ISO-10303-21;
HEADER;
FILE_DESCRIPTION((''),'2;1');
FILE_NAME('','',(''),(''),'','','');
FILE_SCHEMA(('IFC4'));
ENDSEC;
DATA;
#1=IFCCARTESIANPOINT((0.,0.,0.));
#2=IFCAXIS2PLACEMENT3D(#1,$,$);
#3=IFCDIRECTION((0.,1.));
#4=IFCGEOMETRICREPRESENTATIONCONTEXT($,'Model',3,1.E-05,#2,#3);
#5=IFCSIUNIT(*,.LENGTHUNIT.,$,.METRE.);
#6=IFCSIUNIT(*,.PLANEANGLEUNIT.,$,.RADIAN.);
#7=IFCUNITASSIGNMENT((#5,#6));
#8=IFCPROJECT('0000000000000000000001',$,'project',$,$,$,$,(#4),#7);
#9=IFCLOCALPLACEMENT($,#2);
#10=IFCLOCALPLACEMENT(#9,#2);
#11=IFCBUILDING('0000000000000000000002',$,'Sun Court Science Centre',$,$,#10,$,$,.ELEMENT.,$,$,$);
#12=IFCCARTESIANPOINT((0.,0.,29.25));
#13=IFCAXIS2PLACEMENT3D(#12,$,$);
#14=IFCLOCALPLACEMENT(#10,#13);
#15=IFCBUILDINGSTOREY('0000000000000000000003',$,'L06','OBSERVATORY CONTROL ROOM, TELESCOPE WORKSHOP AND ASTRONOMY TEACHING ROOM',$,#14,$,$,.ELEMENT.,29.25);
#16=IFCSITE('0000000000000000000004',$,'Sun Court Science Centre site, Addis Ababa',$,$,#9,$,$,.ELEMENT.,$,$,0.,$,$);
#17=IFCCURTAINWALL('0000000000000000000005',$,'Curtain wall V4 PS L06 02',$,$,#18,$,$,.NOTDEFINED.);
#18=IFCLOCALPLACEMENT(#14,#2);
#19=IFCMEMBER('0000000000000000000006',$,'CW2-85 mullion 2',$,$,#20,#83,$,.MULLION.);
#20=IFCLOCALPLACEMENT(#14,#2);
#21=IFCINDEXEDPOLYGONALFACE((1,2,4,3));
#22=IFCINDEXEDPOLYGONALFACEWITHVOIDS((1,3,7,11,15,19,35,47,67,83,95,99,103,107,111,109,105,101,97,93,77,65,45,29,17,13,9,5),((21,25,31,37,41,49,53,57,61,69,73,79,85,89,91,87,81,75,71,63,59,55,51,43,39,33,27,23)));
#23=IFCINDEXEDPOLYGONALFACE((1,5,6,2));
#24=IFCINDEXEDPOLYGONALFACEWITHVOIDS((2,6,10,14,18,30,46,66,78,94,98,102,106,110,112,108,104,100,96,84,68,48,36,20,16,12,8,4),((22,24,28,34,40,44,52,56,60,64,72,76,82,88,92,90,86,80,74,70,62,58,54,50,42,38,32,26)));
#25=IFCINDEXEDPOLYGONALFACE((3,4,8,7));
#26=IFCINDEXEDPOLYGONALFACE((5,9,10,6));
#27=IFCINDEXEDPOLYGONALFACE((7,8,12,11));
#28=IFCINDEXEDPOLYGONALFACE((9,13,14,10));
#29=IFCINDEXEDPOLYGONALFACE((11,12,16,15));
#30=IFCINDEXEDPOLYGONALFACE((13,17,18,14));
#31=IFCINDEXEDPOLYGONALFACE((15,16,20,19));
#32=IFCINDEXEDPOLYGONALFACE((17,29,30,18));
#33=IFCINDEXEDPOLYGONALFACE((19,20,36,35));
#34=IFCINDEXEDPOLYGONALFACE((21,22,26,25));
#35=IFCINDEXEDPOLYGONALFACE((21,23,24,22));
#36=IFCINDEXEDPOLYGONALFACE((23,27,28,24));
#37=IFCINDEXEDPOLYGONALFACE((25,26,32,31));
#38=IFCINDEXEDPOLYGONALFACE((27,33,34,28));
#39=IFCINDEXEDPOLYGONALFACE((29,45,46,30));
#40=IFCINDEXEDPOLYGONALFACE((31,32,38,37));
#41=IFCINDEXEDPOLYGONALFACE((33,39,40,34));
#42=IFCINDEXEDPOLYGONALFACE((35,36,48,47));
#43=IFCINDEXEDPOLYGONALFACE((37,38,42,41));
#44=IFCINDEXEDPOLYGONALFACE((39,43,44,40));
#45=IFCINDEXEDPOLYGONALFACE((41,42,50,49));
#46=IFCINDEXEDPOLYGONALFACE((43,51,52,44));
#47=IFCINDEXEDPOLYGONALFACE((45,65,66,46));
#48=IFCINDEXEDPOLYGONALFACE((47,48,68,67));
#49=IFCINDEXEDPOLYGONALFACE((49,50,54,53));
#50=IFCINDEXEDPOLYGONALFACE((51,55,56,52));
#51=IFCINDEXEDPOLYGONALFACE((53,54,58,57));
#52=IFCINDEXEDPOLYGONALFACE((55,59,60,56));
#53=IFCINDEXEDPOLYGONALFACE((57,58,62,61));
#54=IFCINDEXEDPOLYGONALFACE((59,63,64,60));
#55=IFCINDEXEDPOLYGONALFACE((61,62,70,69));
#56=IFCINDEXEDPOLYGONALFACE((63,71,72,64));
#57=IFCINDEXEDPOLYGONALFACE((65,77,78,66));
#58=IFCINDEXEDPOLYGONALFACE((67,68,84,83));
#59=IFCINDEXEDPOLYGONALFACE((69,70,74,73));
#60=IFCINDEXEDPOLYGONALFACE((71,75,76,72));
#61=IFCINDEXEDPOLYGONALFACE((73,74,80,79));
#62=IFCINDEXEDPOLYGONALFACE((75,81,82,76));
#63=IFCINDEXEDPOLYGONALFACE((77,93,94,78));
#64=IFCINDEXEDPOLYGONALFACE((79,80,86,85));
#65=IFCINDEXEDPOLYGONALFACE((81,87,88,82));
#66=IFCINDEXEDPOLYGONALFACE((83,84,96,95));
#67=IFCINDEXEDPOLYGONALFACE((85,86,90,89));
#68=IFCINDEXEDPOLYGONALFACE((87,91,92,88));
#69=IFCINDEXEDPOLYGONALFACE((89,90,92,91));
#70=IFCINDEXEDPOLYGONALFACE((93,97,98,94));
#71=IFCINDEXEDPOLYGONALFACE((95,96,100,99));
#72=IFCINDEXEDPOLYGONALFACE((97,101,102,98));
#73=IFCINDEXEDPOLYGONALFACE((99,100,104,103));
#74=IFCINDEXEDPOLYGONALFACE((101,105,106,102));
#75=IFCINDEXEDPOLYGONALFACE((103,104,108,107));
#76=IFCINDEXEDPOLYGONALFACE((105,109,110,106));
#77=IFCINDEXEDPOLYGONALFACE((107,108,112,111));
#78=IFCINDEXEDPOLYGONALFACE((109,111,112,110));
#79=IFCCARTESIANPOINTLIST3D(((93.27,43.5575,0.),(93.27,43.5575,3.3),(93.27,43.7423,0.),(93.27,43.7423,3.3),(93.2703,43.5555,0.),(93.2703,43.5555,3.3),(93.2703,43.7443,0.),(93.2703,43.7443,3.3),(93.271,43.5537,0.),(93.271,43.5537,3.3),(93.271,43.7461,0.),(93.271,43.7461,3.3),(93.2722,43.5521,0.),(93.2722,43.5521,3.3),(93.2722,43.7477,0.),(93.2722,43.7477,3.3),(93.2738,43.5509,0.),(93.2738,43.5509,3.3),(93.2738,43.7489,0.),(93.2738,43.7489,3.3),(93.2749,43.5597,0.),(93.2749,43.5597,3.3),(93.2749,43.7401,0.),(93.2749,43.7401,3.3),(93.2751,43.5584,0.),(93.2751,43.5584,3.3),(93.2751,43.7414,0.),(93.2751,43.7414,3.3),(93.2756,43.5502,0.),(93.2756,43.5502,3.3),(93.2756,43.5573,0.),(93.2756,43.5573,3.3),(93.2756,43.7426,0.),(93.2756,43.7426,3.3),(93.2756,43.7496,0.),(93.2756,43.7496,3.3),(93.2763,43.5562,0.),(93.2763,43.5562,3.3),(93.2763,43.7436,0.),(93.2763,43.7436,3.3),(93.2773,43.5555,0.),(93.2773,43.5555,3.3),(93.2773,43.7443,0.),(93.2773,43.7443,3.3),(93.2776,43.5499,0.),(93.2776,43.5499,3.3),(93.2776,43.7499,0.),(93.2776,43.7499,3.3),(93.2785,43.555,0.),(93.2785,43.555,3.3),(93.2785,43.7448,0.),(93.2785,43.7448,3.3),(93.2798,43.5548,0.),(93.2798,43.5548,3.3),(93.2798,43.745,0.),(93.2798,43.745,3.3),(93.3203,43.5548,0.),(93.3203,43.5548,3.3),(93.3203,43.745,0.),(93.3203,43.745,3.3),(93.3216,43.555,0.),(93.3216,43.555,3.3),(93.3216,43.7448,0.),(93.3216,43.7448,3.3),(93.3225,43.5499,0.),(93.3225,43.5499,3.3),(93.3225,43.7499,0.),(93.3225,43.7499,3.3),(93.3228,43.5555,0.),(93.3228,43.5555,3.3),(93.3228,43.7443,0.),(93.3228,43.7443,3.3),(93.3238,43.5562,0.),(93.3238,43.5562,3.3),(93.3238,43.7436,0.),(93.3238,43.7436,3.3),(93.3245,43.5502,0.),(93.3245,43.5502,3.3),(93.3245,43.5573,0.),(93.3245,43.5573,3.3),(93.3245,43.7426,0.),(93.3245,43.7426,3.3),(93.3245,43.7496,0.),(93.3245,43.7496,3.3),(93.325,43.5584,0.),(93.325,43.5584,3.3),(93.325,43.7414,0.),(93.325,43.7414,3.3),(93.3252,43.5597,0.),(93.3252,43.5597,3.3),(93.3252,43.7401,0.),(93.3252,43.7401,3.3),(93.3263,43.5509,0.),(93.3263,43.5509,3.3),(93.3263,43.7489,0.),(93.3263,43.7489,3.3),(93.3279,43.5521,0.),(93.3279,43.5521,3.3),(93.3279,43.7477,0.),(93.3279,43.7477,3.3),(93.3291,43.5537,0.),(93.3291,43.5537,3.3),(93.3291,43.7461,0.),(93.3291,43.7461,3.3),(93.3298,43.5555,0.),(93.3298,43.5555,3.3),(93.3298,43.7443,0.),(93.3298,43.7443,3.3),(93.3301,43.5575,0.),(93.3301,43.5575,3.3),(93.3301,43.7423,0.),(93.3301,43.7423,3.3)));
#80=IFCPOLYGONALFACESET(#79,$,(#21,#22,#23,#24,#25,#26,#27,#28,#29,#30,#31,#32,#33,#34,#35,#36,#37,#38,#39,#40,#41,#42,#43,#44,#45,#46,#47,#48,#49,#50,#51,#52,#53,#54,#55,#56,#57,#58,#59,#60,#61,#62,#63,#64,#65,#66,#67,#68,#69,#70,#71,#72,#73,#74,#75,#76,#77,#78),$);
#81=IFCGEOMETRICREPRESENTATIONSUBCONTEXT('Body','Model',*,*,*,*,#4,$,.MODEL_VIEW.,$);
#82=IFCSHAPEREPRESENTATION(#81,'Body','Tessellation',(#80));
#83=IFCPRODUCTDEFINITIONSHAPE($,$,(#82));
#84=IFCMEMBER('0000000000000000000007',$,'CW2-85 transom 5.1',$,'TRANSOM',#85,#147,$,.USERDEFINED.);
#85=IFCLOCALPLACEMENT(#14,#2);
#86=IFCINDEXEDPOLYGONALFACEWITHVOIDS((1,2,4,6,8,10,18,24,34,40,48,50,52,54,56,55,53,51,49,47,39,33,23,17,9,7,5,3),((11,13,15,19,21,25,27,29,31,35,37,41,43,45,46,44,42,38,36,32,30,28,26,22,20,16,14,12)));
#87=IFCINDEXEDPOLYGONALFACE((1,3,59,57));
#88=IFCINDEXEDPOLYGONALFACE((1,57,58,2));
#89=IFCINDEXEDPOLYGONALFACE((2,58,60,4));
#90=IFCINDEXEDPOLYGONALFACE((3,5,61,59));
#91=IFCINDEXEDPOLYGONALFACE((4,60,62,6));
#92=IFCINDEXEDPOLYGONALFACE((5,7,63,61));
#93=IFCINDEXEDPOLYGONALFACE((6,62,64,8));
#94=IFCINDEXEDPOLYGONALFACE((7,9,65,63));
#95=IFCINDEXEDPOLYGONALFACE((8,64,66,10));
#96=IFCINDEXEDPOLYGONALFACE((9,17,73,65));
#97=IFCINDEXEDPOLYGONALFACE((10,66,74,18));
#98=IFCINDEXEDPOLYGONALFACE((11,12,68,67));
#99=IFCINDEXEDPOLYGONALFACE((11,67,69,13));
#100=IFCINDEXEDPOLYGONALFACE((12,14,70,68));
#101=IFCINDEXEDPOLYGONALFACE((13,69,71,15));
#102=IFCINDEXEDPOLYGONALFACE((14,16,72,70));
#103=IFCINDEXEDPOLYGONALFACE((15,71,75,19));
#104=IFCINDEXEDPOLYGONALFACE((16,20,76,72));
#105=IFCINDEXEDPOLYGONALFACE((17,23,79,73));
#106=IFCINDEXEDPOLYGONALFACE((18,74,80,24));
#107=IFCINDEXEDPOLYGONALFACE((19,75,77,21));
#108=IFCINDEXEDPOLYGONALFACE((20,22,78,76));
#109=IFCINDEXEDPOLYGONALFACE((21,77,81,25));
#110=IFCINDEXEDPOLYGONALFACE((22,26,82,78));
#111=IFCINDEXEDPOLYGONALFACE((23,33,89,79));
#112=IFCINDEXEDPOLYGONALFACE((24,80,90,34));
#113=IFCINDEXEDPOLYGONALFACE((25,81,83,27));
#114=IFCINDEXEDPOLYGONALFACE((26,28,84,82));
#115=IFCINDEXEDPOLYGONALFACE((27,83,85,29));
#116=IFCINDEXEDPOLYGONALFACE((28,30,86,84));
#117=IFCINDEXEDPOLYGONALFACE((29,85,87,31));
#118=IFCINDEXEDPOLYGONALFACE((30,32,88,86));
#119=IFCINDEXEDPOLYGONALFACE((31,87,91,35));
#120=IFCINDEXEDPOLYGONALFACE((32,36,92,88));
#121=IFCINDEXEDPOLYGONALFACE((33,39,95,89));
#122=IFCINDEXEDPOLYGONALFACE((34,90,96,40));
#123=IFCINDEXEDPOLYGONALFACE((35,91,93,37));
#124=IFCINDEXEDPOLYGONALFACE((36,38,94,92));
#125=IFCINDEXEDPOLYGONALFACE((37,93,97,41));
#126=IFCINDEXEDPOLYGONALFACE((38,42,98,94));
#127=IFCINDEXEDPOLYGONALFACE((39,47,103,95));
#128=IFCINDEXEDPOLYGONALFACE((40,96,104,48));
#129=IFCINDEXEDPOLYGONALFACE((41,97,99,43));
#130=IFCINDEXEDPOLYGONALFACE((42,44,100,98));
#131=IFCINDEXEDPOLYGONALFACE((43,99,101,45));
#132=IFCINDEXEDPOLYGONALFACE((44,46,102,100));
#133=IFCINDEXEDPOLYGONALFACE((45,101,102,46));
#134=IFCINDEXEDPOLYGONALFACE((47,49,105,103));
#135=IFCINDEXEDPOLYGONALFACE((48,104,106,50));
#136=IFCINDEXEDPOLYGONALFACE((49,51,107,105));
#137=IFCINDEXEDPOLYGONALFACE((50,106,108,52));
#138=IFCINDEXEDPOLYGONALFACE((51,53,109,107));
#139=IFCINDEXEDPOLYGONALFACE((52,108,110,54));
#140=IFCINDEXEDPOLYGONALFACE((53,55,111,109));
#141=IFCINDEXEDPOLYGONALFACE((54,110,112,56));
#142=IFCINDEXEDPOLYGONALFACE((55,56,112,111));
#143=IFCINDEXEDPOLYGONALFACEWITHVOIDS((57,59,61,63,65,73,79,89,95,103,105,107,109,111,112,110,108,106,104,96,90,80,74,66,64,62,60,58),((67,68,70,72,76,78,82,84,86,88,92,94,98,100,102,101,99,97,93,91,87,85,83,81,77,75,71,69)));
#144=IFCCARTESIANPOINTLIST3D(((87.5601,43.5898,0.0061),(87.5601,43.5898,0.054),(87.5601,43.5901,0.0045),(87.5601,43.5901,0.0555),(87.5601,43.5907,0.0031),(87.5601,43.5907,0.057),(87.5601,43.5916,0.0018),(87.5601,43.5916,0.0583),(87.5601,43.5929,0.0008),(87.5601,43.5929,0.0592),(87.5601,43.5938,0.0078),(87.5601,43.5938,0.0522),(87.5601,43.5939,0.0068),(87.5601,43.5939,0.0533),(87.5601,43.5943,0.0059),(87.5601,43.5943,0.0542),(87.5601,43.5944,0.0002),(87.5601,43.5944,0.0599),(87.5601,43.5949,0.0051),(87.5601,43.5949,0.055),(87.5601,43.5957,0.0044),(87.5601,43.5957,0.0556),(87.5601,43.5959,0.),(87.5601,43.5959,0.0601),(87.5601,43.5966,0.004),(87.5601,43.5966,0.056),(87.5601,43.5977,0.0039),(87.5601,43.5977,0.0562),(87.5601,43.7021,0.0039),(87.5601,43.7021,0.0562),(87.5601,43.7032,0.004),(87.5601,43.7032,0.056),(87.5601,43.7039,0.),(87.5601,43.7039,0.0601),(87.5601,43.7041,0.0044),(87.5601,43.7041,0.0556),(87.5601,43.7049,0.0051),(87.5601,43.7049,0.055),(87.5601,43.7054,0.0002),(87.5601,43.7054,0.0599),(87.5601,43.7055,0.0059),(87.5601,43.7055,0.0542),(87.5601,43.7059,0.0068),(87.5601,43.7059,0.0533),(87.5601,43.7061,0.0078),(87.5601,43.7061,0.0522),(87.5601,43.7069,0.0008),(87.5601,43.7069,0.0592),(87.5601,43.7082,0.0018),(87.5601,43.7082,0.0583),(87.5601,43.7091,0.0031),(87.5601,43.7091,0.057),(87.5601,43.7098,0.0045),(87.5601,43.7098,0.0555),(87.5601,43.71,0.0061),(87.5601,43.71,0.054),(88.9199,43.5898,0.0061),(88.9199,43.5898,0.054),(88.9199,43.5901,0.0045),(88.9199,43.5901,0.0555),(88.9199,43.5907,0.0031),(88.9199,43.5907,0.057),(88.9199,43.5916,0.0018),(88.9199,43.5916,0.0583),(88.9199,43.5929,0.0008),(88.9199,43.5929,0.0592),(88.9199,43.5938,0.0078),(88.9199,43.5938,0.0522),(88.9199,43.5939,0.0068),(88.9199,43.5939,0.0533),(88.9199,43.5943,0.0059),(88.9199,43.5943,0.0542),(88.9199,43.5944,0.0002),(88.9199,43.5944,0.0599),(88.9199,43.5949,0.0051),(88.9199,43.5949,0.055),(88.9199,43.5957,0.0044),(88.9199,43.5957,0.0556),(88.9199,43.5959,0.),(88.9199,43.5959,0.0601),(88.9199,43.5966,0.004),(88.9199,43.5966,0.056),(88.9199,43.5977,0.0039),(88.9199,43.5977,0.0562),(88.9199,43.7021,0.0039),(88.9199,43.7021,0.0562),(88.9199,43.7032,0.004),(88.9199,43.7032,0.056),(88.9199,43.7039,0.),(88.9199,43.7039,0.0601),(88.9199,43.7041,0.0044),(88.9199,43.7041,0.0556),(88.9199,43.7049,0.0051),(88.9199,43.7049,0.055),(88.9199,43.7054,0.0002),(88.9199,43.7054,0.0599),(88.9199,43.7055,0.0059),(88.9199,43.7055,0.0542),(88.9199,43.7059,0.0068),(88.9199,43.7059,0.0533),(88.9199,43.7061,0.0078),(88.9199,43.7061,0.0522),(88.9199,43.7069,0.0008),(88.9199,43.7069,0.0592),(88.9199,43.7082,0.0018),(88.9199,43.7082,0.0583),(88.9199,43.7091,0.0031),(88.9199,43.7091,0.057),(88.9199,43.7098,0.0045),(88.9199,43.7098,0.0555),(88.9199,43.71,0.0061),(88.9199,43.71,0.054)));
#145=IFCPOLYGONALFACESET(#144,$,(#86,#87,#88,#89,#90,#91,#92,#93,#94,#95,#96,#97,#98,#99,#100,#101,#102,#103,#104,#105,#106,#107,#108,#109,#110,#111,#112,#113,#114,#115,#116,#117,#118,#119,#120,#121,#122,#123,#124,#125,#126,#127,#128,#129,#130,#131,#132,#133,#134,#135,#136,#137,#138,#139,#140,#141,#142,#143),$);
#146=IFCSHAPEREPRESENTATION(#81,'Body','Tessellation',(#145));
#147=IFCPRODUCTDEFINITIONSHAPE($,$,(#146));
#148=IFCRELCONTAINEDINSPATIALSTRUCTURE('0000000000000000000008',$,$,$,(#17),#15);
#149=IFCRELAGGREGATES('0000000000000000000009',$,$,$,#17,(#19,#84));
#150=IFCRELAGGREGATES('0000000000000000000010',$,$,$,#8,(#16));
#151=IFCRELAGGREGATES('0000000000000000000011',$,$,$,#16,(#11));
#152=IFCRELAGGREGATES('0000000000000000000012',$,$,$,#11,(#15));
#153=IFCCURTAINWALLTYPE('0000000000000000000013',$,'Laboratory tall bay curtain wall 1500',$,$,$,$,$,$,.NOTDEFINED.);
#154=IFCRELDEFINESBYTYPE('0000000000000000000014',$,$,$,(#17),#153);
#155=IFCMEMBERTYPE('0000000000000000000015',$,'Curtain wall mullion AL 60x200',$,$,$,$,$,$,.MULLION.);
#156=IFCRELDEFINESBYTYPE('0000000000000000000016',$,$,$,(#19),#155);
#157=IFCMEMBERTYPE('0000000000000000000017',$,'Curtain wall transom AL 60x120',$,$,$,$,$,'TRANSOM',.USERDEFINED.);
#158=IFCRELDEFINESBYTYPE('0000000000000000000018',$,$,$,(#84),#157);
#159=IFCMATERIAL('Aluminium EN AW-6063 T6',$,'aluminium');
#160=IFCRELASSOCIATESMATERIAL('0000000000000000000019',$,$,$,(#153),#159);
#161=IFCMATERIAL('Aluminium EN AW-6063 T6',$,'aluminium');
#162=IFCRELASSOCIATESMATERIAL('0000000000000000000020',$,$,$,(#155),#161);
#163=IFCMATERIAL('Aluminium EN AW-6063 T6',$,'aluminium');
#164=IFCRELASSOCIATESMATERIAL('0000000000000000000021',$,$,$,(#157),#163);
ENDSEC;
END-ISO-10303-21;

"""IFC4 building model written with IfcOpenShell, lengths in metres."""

from ifc_helpers import new_model, si_unit, direction, frame, origin, origin_2d, place, context, subcontext, project, spatial, hollow_rectangle, extrude, material, material_profile, profile_set, type_object, element, aggregate, save


model = new_model("IFC4")

# Units and contexts
model_context = context("Model", 3, precision=1e-05, world=origin(), true_north=direction((0.0, 1.0)))
body_context = subcontext(model_context, "Body", "Model", "MODEL_VIEW")
ifc_project = project(units=[si_unit("LENGTHUNIT", "METRE"), si_unit("PLANEANGLEUNIT", "RADIAN")], contexts=[model_context])

# Site, building, storey
site_placement = place(None, origin())
site = spatial("IfcSite", under=ifc_project, at=site_placement, Name="Sun Court Science Centre site, Addis Ababa", CompositionType="ELEMENT", RefElevation=0.0)
building_placement = place(site_placement, origin())
building = spatial("IfcBuilding", under=site, at=building_placement, Name="Sun Court Science Centre", CompositionType="ELEMENT")
storey_placement = place(building_placement, frame((0.0, 0.0, 29.25)))
storey = spatial("IfcBuildingStorey", under=building, at=storey_placement, Name="L06", Description="OBSERVATORY CONTROL ROOM, TELESCOPE WORKSHOP AND ASTRONOMY TEACHING ROOM", CompositionType="ELEMENT", Elevation=29.25)

# Curtain wall, members
ifc_material_1 = material(Name="Aluminium EN AW-6063 T6", Category="aluminium")
curtain_wall_type = type_object("IfcCurtainWallType", Name="Laboratory tall bay curtain wall 1500", PredefinedType="NOTDEFINED", material=ifc_material_1)
curtain_wall_placement = place(storey_placement, origin())
curtain_wall = element("IfcCurtainWall", 1, at=curtain_wall_placement, inside=storey, type_object=curtain_wall_type, Name="Curtain wall V4 PS L06 02", PredefinedType="NOTDEFINED")
ifc_material_2 = material(Name="Aluminium EN AW-6063 T6", Category="aluminium")
ifc_material_profile_1 = material_profile(ifc_material_2, hollow_rectangle(XDim=0.0601, YDim=0.2, WallThickness=0.0049, InnerFilletRadius=0.0049, OuterFilletRadius=0.0076, at=origin_2d()), Name="AL 60x200x5")
ifc_profile_set_1 = profile_set([ifc_material_profile_1], Name="Aluminium EN AW-6063 T6")
member_type_1 = type_object("IfcMemberType", Name="Curtain wall mullion AL 60x200", PredefinedType="MULLION", material=ifc_profile_set_1)
member_1_placement = place(storey_placement, frame((93.3, 43.6499, 0.0), z_axis=(0.0, 0.0, 1.0), x_axis=(-1.0, 0.0, 0.0)))
member_1 = element("IfcMember", 2, at=member_1_placement, type_object=member_type_1, Name="CW2-85 mullion 2", PredefinedType="MULLION", context=body_context, shape_type="SweptSolid", body=[
    extrude(hollow_rectangle(XDim=0.0601, YDim=0.2, WallThickness=0.0049, InnerFilletRadius=0.0049, OuterFilletRadius=0.0076, at=origin_2d()), origin(), (0.0, 0.0, 1.0), 3.3),
])
ifc_material_3 = material(Name="Aluminium EN AW-6063 T6", Category="aluminium")
ifc_material_profile_2 = material_profile(ifc_material_3, hollow_rectangle(XDim=0.0601, YDim=0.1201, WallThickness=0.0039, InnerFilletRadius=0.0039, OuterFilletRadius=0.0061, at=origin_2d()), Name="AL 60x120x4")
ifc_profile_set_2 = profile_set([ifc_material_profile_2], Name="Aluminium EN AW-6063 T6")
member_type_2 = type_object("IfcMemberType", Name="Curtain wall transom AL 60x120", ElementType="TRANSOM", PredefinedType="USERDEFINED", material=ifc_profile_set_2)
member_2_placement = place(storey_placement, frame((88.9199, 43.6499, 0.03), z_axis=(-1.0, 0.0, 0.0), x_axis=(0.0, 0.0, 1.0)))
member_2 = element("IfcMember", 3, at=member_2_placement, type_object=member_type_2, Name="CW2-85 transom 5.1", ObjectType="TRANSOM", PredefinedType="USERDEFINED", context=body_context, shape_type="SweptSolid", body=[
    extrude(hollow_rectangle(XDim=0.0601, YDim=0.1201, WallThickness=0.0039, InnerFilletRadius=0.0039, OuterFilletRadius=0.0061, at=origin_2d()), origin(), (0.0, 0.0, 1.0), 1.3599),
])
aggregate(curtain_wall, [member_1, member_2])

save(model, "model.ifc")
